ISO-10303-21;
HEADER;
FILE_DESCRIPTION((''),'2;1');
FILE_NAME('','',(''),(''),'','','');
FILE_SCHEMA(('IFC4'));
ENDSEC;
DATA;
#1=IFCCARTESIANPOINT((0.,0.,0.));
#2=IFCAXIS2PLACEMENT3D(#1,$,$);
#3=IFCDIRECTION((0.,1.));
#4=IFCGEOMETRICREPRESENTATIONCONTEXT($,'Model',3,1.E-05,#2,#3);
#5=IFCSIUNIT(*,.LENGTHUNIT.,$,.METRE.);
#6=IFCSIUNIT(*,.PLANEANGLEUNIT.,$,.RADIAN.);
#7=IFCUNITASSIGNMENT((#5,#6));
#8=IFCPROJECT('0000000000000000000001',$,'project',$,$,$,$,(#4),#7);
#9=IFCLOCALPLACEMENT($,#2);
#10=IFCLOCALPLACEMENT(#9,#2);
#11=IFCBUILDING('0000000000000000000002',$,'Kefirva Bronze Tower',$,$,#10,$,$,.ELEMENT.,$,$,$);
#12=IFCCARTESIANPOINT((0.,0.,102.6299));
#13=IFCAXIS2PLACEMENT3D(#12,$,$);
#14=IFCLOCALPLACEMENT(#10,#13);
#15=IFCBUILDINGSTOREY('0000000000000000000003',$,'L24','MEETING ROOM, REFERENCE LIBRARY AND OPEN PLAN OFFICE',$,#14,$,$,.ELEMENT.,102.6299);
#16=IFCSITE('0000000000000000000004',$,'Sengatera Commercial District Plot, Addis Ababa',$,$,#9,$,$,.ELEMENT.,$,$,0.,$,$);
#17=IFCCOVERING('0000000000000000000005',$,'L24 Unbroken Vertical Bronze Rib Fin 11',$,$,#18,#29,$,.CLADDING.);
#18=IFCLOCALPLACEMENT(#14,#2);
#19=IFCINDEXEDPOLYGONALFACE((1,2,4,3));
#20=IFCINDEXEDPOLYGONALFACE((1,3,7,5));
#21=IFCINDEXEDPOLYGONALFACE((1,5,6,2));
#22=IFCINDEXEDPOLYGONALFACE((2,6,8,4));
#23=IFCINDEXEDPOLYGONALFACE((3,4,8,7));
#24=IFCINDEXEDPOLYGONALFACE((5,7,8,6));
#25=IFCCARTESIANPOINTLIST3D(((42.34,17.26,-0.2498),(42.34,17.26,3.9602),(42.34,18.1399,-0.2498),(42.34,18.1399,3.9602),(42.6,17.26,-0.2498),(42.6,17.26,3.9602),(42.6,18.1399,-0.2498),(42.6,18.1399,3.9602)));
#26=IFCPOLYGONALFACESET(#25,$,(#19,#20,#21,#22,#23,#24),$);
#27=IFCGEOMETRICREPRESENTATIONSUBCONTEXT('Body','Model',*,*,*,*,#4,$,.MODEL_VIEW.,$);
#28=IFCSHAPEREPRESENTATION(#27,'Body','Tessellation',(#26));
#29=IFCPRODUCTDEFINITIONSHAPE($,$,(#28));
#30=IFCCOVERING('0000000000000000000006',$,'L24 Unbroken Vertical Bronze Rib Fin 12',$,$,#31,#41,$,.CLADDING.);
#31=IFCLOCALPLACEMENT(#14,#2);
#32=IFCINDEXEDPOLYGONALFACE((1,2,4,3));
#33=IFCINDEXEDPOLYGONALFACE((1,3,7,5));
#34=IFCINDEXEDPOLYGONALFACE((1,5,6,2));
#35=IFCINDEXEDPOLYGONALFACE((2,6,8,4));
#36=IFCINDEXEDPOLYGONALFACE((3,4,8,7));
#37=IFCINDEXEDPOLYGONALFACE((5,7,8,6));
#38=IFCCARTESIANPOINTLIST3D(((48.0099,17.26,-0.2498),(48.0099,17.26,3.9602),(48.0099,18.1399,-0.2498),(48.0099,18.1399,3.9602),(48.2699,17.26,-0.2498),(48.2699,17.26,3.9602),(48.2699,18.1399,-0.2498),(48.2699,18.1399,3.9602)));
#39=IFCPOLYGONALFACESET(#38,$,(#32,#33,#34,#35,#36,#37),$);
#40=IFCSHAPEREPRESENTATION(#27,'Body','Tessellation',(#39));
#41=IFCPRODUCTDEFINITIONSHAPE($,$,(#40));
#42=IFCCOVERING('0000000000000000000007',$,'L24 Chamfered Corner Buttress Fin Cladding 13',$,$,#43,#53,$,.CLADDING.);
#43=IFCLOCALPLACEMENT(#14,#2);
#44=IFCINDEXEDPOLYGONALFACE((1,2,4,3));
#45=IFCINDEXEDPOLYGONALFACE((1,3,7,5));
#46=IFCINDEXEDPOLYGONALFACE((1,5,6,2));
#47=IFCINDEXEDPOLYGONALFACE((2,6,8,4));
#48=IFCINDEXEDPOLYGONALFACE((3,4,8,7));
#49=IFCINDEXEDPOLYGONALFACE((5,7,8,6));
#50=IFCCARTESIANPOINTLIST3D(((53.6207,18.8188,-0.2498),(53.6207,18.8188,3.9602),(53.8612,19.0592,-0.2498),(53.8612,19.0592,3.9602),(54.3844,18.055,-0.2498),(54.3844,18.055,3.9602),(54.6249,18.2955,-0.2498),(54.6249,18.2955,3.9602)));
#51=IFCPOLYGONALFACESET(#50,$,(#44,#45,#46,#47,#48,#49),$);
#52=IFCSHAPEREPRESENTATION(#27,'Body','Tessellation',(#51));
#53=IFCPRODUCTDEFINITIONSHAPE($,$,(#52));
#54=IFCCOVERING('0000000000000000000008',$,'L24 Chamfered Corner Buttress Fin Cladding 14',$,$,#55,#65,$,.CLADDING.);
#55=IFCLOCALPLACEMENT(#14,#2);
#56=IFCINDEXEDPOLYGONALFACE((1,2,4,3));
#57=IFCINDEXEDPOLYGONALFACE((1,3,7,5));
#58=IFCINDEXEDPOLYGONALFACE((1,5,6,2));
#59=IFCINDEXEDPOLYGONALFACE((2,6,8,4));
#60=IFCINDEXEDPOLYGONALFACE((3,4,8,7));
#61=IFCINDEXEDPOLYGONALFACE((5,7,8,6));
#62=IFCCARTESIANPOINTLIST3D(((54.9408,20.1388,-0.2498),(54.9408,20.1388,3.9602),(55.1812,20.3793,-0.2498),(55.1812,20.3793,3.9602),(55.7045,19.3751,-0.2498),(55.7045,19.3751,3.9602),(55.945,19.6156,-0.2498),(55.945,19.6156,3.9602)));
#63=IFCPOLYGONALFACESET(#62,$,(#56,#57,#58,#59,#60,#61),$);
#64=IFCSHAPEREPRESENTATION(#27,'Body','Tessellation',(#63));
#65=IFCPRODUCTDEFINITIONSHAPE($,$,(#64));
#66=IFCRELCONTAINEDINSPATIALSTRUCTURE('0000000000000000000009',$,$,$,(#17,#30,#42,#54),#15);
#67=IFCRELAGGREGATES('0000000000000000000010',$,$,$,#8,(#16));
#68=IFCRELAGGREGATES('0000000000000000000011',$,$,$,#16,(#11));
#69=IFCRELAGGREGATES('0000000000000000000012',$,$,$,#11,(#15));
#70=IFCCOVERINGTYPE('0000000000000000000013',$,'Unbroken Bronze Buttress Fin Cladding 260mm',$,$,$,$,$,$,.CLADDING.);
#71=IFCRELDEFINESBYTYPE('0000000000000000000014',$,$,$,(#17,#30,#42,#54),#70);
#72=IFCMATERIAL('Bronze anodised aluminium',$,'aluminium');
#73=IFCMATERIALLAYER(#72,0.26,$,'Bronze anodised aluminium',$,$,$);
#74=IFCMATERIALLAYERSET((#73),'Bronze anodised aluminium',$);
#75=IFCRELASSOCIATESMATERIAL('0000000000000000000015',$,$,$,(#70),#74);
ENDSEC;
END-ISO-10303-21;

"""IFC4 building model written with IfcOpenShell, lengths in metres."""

from ifc_helpers import new_model, si_unit, direction, frame, origin, origin_2d, place, context, subcontext, project, spatial, rectangle, extrude, material, layer, layer_set, type_object, element, save


model = new_model("IFC4")

# Units and contexts
model_context = context("Model", 3, precision=1e-05, world=origin(), true_north=direction((0.0, 1.0)))
body_context = subcontext(model_context, "Body", "Model", "MODEL_VIEW")
ifc_project = project(units=[si_unit("LENGTHUNIT", "METRE"), si_unit("PLANEANGLEUNIT", "RADIAN")], contexts=[model_context])

# Site, building, storey
site_placement = place(None, origin())
site = spatial("IfcSite", under=ifc_project, at=site_placement, Name="Sengatera Commercial District Plot, Addis Ababa", CompositionType="ELEMENT", RefElevation=0.0)
building_placement = place(site_placement, origin())
building = spatial("IfcBuilding", under=site, at=building_placement, Name="Kefirva Bronze Tower", CompositionType="ELEMENT")
storey_placement = place(building_placement, frame((0.0, 0.0, 102.6299)))
storey = spatial("IfcBuildingStorey", under=building, at=storey_placement, Name="L24", Description="MEETING ROOM, REFERENCE LIBRARY AND OPEN PLAN OFFICE", CompositionType="ELEMENT", Elevation=102.6299)

# Shared definitions
ifc_material_1 = material(Name="Bronze anodised aluminium", Category="aluminium")

# Coverings
ifc_layer_1 = layer(ifc_material_1, 0.26, Name="Bronze anodised aluminium")
ifc_layer_set_1 = layer_set([ifc_layer_1], Name="Bronze anodised aluminium")
covering_type_1 = type_object("IfcCoveringType", Name="Unbroken Bronze Buttress Fin Cladding 260mm", PredefinedType="CLADDING", material=ifc_layer_set_1)
for number, where, z_axis, x_axis, name in (
    (1, (42.47, 17.7, -0.2498), (0.0, 0.0, 1.0), (1.0, 0.0, 0.0), "L24 Unbroken Vertical Bronze Rib Fin 11"),
    (2, (48.1399, 17.7, -0.2498), (0.0, 0.0, 1.0), (1.0, 0.0, 0.0), "L24 Unbroken Vertical Bronze Rib Fin 12"),
):
    element("IfcCovering", number, at=place(storey_placement, frame(where, z_axis=z_axis, x_axis=x_axis)), inside=storey, type_object=covering_type_1, Name=name, PredefinedType="CLADDING", context=body_context, shape_type="SweptSolid", body=[
        extrude(rectangle(XDim=0.26, YDim=0.8799, at=origin_2d()), origin(), (0.0, 0.0, 1.0), 4.21),
    ])
for number, where, z_axis, x_axis, name in (
    (3, (54.1228, 18.5571, -0.2498), (0.0, 0.0, 1.0), (0.707107, 0.707107, 0.0), "L24 Chamfered Corner Buttress Fin Cladding 13"),
    (4, (55.4429, 19.8772, -0.2498), (0.0, 0.0, 1.0), (0.707107, 0.707107, 0.0), "L24 Chamfered Corner Buttress Fin Cladding 14"),
):
    element("IfcCovering", number, at=place(storey_placement, frame(where, z_axis=z_axis, x_axis=x_axis)), inside=storey, type_object=covering_type_1, Name=name, PredefinedType="CLADDING", context=body_context, shape_type="SweptSolid", body=[
        extrude(rectangle(XDim=0.3401, YDim=1.0801, at=origin_2d()), origin(), (0.0, 0.0, 1.0), 4.21),
    ])

save(model, "model.ifc")
